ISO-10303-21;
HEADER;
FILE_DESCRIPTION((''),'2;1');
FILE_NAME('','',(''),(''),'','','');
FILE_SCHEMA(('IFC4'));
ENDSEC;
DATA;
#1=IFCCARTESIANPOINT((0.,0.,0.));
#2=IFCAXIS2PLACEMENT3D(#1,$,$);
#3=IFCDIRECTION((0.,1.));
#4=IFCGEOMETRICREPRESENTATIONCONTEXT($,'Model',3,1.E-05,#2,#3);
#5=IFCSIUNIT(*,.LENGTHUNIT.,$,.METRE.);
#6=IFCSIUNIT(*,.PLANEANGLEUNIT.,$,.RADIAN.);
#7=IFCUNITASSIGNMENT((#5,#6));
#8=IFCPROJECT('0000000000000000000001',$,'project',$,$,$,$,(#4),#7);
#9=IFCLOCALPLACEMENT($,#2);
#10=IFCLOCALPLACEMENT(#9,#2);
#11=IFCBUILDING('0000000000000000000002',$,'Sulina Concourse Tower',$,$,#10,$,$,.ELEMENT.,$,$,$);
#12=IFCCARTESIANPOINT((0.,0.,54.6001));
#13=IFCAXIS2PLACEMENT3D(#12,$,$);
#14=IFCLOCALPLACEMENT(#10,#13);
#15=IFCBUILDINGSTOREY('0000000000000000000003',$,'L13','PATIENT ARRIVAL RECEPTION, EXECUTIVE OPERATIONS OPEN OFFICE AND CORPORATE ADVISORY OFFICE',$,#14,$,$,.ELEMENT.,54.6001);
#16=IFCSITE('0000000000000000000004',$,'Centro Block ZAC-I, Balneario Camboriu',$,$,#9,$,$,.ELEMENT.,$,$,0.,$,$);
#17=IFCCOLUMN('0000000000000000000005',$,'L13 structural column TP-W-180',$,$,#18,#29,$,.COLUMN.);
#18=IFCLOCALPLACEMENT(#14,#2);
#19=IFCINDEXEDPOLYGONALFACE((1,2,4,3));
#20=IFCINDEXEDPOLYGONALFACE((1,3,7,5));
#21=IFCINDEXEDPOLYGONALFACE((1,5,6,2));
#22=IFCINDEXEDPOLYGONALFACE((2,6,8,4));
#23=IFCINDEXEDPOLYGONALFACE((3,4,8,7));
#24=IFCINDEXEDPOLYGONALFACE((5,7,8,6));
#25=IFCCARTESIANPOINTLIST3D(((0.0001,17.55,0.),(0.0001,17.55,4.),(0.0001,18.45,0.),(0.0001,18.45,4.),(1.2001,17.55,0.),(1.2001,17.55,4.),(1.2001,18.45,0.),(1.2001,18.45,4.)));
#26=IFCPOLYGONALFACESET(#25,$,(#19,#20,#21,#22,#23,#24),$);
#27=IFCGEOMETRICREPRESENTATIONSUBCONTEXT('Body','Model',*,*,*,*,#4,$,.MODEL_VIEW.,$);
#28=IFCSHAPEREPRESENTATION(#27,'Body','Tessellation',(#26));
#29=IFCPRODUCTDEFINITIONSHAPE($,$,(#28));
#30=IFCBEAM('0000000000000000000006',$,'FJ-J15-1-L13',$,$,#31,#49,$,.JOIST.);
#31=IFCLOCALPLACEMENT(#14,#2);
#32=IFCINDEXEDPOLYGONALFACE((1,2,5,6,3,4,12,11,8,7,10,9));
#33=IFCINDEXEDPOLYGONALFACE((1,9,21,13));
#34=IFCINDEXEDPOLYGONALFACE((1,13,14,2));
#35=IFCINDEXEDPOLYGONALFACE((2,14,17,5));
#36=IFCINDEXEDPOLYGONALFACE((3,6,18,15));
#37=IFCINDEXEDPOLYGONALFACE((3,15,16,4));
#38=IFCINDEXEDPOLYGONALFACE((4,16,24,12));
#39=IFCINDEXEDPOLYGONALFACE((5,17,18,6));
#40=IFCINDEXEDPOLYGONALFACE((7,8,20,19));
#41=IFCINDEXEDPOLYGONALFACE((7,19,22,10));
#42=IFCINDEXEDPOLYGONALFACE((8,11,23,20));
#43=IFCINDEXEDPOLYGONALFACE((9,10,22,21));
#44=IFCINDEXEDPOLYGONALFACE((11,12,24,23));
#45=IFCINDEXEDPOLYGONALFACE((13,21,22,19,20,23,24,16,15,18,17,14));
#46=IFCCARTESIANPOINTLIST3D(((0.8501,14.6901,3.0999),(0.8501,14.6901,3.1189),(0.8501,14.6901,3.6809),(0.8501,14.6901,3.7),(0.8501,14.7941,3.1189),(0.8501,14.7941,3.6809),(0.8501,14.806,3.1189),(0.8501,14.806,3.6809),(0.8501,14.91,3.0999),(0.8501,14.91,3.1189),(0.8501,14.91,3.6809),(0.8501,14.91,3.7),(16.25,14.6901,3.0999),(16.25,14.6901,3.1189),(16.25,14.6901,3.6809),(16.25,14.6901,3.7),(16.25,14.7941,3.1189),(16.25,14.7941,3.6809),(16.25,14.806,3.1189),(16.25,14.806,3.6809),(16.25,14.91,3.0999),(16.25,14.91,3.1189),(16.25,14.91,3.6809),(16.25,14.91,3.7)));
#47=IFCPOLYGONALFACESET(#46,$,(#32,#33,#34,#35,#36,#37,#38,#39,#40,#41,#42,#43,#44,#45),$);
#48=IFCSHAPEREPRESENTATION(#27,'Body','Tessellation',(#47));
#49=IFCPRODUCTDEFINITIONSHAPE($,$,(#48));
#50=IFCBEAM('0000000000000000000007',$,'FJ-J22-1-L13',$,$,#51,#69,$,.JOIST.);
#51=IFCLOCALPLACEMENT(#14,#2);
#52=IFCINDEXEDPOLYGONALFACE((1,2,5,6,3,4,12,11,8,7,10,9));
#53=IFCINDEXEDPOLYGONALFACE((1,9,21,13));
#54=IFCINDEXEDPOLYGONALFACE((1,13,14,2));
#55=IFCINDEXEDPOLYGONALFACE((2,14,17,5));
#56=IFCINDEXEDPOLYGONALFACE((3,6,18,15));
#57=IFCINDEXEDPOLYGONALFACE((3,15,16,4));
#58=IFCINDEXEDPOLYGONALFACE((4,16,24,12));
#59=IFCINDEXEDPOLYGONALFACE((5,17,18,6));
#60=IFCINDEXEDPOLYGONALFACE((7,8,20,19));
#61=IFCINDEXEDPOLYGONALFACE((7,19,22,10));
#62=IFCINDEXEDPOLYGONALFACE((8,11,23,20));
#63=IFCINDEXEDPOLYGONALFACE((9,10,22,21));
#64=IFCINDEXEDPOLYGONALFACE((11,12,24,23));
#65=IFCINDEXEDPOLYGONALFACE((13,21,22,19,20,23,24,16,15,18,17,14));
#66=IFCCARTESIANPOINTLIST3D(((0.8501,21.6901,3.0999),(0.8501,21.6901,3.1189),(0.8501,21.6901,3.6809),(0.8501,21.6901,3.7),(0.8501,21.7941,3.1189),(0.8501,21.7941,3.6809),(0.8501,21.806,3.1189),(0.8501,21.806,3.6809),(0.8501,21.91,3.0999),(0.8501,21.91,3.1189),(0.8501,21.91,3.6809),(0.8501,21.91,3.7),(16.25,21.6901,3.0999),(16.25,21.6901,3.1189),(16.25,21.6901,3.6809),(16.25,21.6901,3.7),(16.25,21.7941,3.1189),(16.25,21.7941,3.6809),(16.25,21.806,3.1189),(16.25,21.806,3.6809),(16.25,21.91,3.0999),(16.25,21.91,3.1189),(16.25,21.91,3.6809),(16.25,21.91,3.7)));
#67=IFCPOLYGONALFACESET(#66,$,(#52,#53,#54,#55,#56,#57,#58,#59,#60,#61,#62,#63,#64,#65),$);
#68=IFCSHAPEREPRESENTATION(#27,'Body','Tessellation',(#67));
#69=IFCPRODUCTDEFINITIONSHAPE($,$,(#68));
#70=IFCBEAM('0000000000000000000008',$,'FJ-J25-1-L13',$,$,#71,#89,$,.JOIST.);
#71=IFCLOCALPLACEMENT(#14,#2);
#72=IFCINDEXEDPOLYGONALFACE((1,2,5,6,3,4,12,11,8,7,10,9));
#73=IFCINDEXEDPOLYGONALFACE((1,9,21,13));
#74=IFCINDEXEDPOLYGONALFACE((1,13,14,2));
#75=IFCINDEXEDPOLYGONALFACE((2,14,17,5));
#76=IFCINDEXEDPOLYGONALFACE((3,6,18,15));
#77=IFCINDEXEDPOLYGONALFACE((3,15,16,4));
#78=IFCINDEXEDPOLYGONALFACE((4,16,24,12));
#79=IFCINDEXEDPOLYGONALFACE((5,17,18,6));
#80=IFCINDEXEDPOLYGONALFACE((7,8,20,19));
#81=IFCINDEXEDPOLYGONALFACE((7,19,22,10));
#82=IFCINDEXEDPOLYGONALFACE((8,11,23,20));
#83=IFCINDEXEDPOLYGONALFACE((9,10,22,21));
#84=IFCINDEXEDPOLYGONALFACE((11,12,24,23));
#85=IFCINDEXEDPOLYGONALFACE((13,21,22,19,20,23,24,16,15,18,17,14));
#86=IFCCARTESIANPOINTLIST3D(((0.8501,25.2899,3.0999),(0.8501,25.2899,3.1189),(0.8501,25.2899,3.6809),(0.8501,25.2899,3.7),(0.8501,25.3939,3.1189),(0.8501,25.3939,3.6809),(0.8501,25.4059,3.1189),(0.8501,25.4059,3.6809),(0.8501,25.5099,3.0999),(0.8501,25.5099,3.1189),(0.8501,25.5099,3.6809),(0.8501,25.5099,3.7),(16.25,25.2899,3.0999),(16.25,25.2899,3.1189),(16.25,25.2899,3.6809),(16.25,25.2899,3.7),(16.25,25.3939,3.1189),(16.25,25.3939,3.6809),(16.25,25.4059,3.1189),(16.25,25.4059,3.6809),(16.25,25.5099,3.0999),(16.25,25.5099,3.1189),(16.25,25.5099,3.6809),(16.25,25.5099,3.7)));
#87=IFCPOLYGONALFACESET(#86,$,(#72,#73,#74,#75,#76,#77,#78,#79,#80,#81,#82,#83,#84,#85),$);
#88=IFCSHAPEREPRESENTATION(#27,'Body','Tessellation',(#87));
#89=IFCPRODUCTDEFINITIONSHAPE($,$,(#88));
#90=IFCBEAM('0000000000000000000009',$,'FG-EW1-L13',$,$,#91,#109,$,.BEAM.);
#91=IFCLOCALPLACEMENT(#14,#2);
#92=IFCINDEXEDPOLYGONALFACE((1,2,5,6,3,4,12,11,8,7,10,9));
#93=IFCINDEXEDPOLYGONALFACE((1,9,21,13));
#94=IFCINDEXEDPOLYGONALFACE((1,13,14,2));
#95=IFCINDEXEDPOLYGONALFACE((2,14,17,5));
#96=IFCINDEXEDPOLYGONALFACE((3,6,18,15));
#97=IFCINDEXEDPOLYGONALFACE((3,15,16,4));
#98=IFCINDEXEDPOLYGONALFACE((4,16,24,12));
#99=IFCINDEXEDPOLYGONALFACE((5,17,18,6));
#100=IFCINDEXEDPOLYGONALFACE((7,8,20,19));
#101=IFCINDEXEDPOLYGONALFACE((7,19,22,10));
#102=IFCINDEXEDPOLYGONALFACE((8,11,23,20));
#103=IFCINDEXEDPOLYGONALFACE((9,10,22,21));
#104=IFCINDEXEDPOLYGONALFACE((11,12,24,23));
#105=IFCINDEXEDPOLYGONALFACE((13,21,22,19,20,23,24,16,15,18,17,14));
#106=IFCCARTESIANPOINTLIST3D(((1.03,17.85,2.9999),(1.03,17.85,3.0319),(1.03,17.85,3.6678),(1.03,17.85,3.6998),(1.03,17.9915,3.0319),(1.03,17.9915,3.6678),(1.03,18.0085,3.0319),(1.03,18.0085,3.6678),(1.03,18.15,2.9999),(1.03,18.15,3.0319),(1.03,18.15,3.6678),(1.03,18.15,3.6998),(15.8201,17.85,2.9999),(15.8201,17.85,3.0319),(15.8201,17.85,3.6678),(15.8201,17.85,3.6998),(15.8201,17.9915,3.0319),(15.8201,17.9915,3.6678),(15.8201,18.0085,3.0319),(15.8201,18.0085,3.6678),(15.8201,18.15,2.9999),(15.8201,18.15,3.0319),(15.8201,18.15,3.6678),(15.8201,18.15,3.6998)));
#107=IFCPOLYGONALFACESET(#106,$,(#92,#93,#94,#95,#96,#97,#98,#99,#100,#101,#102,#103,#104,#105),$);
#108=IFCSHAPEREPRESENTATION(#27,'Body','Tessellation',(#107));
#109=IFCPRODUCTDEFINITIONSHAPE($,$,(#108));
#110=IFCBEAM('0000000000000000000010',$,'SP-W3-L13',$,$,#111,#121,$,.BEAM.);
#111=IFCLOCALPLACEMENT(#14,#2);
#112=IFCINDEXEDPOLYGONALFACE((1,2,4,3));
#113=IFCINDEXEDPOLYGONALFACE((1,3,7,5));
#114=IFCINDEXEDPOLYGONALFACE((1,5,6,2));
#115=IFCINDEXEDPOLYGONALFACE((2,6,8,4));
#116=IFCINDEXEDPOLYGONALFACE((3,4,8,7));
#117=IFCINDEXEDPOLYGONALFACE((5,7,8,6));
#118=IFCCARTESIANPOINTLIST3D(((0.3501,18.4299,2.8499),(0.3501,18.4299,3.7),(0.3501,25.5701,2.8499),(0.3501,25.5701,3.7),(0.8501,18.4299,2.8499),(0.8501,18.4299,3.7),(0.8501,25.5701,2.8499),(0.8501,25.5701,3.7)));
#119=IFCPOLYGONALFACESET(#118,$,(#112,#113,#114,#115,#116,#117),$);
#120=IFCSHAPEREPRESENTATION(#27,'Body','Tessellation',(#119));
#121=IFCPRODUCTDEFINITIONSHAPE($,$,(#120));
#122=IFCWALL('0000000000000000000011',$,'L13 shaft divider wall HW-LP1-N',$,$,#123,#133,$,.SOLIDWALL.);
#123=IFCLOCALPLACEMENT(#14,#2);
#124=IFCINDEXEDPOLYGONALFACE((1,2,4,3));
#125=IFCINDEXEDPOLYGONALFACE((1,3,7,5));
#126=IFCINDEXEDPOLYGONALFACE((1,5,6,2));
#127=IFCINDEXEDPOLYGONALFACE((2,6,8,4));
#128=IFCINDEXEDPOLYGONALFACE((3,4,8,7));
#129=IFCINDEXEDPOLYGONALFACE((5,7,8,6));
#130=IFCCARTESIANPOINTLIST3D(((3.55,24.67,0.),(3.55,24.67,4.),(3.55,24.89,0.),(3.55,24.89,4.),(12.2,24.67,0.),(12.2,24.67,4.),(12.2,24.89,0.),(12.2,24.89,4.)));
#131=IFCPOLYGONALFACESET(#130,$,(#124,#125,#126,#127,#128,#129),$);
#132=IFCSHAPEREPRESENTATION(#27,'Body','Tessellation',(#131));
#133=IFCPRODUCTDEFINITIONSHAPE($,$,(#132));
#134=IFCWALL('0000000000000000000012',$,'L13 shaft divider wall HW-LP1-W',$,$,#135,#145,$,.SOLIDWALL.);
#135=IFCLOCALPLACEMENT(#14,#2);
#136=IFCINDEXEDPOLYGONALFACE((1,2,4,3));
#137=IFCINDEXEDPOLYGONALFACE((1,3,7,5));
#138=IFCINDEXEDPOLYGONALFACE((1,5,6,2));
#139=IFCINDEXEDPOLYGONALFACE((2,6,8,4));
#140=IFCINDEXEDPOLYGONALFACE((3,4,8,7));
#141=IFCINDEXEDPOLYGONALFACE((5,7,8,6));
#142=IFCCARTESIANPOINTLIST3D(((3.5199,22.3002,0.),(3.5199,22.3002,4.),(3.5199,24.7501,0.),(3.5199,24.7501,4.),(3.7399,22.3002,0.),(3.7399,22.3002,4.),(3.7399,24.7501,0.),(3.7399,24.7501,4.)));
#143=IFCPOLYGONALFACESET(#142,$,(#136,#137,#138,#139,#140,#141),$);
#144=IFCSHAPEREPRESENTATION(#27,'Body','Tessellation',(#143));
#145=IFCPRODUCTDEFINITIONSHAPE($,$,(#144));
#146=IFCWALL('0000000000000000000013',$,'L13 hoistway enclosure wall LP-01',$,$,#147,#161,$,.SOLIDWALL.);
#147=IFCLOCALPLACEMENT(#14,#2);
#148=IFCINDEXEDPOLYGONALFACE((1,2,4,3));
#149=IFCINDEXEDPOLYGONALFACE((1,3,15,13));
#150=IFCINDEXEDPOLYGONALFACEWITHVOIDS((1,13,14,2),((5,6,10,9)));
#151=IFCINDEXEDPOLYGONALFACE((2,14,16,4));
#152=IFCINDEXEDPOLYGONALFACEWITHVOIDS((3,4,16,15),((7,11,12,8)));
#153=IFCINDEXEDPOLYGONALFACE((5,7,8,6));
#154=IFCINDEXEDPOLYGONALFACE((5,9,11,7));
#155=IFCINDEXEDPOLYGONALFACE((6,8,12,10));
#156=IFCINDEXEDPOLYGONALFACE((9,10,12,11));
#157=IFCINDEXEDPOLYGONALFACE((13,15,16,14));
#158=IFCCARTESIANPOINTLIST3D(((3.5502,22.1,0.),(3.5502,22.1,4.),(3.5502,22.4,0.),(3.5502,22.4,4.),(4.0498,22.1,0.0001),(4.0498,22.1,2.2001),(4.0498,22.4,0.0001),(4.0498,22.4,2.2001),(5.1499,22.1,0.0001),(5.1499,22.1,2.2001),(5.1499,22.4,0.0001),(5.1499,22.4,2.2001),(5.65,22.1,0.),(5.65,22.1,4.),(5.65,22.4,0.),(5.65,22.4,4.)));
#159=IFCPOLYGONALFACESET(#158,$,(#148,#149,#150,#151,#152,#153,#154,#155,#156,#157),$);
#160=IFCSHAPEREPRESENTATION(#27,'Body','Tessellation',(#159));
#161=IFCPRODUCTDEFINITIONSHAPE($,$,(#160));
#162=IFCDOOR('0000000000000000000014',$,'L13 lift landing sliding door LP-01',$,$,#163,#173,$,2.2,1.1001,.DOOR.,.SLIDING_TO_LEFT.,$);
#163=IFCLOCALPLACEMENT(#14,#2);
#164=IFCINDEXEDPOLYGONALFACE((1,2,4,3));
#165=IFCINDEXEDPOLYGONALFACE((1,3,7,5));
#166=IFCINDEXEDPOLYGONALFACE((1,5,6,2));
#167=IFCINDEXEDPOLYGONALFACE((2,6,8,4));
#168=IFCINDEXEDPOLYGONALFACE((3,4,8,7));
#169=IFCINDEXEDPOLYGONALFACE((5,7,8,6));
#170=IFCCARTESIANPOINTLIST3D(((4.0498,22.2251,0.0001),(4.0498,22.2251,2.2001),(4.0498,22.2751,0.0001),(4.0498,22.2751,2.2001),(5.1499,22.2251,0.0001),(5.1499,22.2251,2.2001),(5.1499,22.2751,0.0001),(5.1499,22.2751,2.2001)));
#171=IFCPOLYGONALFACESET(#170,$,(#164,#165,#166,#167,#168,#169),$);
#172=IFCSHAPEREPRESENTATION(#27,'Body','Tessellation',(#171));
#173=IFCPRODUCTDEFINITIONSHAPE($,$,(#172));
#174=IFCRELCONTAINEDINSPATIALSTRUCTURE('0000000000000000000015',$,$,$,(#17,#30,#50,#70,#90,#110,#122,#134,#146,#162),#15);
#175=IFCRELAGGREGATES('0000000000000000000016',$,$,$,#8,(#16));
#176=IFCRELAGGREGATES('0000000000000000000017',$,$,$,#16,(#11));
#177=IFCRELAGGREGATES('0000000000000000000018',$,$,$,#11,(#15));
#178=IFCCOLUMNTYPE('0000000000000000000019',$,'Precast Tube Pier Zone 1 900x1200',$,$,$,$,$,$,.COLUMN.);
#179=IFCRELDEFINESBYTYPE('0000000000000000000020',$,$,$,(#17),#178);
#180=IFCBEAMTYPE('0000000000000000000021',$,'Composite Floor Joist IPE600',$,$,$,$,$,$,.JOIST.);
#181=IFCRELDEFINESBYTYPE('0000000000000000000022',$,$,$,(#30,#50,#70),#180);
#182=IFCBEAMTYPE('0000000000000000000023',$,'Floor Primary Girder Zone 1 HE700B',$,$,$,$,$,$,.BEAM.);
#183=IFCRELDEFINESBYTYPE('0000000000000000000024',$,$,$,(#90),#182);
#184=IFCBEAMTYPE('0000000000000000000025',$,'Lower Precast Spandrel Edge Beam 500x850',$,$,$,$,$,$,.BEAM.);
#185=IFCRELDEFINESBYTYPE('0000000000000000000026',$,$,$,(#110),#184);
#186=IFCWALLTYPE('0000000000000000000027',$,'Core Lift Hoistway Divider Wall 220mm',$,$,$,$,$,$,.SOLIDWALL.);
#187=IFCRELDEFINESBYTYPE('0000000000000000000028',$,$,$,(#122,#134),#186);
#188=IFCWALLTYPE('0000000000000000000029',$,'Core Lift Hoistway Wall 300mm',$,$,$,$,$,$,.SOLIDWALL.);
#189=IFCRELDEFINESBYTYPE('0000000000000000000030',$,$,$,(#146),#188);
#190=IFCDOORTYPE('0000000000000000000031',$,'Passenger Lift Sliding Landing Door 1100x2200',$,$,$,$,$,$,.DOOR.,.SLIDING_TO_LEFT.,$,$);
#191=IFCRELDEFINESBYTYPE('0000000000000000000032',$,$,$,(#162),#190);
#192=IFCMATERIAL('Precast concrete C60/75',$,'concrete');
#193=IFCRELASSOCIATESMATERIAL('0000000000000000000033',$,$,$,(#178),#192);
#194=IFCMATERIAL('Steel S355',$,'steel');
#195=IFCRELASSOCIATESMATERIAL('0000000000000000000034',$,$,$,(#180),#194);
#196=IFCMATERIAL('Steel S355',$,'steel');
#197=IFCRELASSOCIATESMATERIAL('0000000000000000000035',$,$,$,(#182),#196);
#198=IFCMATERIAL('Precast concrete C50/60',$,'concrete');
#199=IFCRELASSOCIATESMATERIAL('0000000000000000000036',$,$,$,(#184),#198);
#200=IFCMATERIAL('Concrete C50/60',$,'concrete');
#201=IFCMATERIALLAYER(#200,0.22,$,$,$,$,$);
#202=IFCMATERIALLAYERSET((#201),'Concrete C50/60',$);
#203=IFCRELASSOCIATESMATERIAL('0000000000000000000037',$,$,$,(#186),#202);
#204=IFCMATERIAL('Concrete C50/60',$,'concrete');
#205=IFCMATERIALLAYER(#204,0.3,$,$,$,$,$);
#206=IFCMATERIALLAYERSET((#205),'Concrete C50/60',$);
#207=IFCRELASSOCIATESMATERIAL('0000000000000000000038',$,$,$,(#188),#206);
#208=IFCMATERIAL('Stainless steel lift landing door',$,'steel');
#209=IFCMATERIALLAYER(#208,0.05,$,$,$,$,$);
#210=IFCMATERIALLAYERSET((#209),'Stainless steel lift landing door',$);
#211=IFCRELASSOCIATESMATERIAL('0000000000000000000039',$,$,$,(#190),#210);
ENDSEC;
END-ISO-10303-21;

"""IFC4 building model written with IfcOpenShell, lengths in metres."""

from ifc_helpers import new_model, si_unit, direction, frame, frame_2d, origin, origin_2d, place, context, subcontext, project, spatial, rectangle, i_section, extrude, material, layer, layer_set, material_profile, profile_set, type_object, element, fill, save


model = new_model("IFC4")

# Units and contexts
model_context = context("Model", 3, precision=1e-05, world=origin(), true_north=direction((0.0, 1.0)))
body_context = subcontext(model_context, "Body", "Model", "MODEL_VIEW")
ifc_project = project(units=[si_unit("LENGTHUNIT", "METRE"), si_unit("PLANEANGLEUNIT", "RADIAN")], contexts=[model_context])

# Site, building, storey
site_placement = place(None, origin())
site = spatial("IfcSite", under=ifc_project, at=site_placement, Name="Centro Block ZAC-I, Balneario Camboriu", CompositionType="ELEMENT", RefElevation=0.0)
building_placement = place(site_placement, origin())
building = spatial("IfcBuilding", under=site, at=building_placement, Name="Sulina Concourse Tower", CompositionType="ELEMENT")
storey_placement = place(building_placement, frame((0.0, 0.0, 54.6001)))
storey = spatial("IfcBuildingStorey", under=building, at=storey_placement, Name="L13", Description="PATIENT ARRIVAL RECEPTION, EXECUTIVE OPERATIONS OPEN OFFICE AND CORPORATE ADVISORY OFFICE", CompositionType="ELEMENT", Elevation=54.6001)

# Column
ifc_material_1 = material(Name="Precast concrete C60/75", Category="concrete")
ifc_material_profile_1 = material_profile(ifc_material_1, rectangle(XDim=0.8999, YDim=1.2, at=origin_2d()), Name="PC 900x1200")
ifc_profile_set_1 = profile_set([ifc_material_profile_1], Name="Precast concrete C60/75")
column_type = type_object("IfcColumnType", Name="Precast Tube Pier Zone 1 900x1200", PredefinedType="COLUMN", material=ifc_profile_set_1)
column_placement = place(storey_placement, frame((0.6001, 18.0, 0.0), z_axis=(0.0, 0.0, 1.0), x_axis=(0.0, 1.0, 0.0)))
element("IfcColumn", 1, at=column_placement, inside=storey, type_object=column_type, Name="L13 structural column TP-W-180", PredefinedType="COLUMN", context=body_context, shape_type="SweptSolid", body=[
    extrude(rectangle(XDim=0.8999, YDim=1.2, at=origin_2d()), origin(), (0.0, 0.0, 1.0), 4.0),
])

# Beams
ifc_material_2 = material(Name="Steel S355", Category="steel")
ifc_material_profile_2 = material_profile(ifc_material_2, i_section(OverallWidth=0.22, OverallDepth=0.6001, WebThickness=0.012, FlangeThickness=0.019, at=origin_2d()), Name="IPE 600")
ifc_profile_set_2 = profile_set([ifc_material_profile_2], Name="Steel S355")
beam_type_1 = type_object("IfcBeamType", Name="Composite Floor Joist IPE600", PredefinedType="JOIST", material=ifc_profile_set_2)
for number, where, z_axis, x_axis, name in (
    (2, (0.8501, 14.8, 3.3999), (1.0, 0.0, 0.0), (0.0, 1.0, 0.0), "FJ-J15-1-L13"),
    (3, (0.8501, 21.8, 3.3999), (1.0, 0.0, 0.0), (0.0, 1.0, 0.0), "FJ-J22-1-L13"),
    (4, (0.8501, 25.3999, 3.3999), (1.0, 0.0, 0.0), (0.0, 1.0, 0.0), "FJ-J25-1-L13"),
):
    element("IfcBeam", number, at=place(storey_placement, frame(where, z_axis=z_axis, x_axis=x_axis)), inside=storey, type_object=beam_type_1, Name=name, PredefinedType="JOIST", context=body_context, shape_type="SweptSolid", body=[
        extrude(i_section(OverallWidth=0.22, OverallDepth=0.6001, WebThickness=0.012, FlangeThickness=0.019, at=origin_2d()), origin(), (0.0, 0.0, 1.0), 15.3999),
    ])
ifc_material_3 = material(Name="Steel S355", Category="steel")
ifc_material_profile_3 = material_profile(ifc_material_3, i_section(OverallWidth=0.3, OverallDepth=0.7, WebThickness=0.0171, FlangeThickness=0.032, at=origin_2d()), Name="HE 700 B")
ifc_profile_set_3 = profile_set([ifc_material_profile_3], Name="Steel S355")
beam_type_2 = type_object("IfcBeamType", Name="Floor Primary Girder Zone 1 HE700B", PredefinedType="BEAM", material=ifc_profile_set_3)
beam_1_placement = place(storey_placement, frame((1.03, 18.0, 3.3499), z_axis=(1.0, 0.0, 0.0), x_axis=(0.0, 1.0, 0.0)))
element("IfcBeam", 5, at=beam_1_placement, inside=storey, type_object=beam_type_2, Name="FG-EW1-L13", PredefinedType="BEAM", context=body_context, shape_type="SweptSolid", body=[
    extrude(i_section(OverallWidth=0.3, OverallDepth=0.7, WebThickness=0.0171, FlangeThickness=0.032, at=origin_2d()), origin(), (0.0, 0.0, 1.0), 14.79),
])
ifc_material_4 = material(Name="Precast concrete C50/60", Category="concrete")
ifc_material_profile_4 = material_profile(ifc_material_4, rectangle(XDim=0.5, YDim=0.8501, at=origin_2d()), Name="RC 500x850")
ifc_profile_set_4 = profile_set([ifc_material_profile_4], Name="Precast concrete C50/60")
beam_type_3 = type_object("IfcBeamType", Name="Lower Precast Spandrel Edge Beam 500x850", PredefinedType="BEAM", material=ifc_profile_set_4)
beam_2_placement = place(storey_placement, frame((0.6001, 18.4299, 3.2749), z_axis=(0.0, 1.0, 0.0), x_axis=(-1.0, 0.0, 0.0)))
element("IfcBeam", 6, at=beam_2_placement, inside=storey, type_object=beam_type_3, Name="SP-W3-L13", PredefinedType="BEAM", context=body_context, shape_type="SweptSolid", body=[
    extrude(rectangle(XDim=0.5, YDim=0.8501, at=origin_2d()), origin(), (0.0, 0.0, 1.0), 7.1401),
])

# Walls
ifc_material_5 = material(Name="Concrete C50/60", Category="concrete")
ifc_layer_1 = layer(ifc_material_5, 0.22)
ifc_layer_set_1 = layer_set([ifc_layer_1], Name="Concrete C50/60")
wall_type_1 = type_object("IfcWallType", Name="Core Lift Hoistway Divider Wall 220mm", PredefinedType="SOLIDWALL", material=ifc_layer_set_1)
wall_1_placement = place(storey_placement, frame((3.55, 24.78, 0.0), z_axis=(0.0, 0.0, 1.0), x_axis=(1.0, 0.0, 0.0)))
element("IfcWall", 7, at=wall_1_placement, inside=storey, type_object=wall_type_1, Name="L13 shaft divider wall HW-LP1-N", PredefinedType="SOLIDWALL", context=body_context, shape_type="SweptSolid", body=[
    extrude(rectangle(XDim=8.6499, YDim=0.22, at=frame_2d((4.325, 0.0))), origin(), (0.0, 0.0, 1.0), 4.0),
])
wall_2_placement = place(storey_placement, frame((3.6299, 22.3, 0.0), z_axis=(0.0, 0.0, 1.0), x_axis=(0.0, 1.0, 0.0)))
element("IfcWall", 8, at=wall_2_placement, inside=storey, type_object=wall_type_1, Name="L13 shaft divider wall HW-LP1-W", PredefinedType="SOLIDWALL", context=body_context, shape_type="SweptSolid", body=[
    extrude(rectangle(XDim=2.45, YDim=0.22, at=frame_2d((1.2251, 0.0))), origin(), (0.0, 0.0, 1.0), 4.0),
])

# Wall, opening, door
ifc_material_6 = material(Name="Concrete C50/60", Category="concrete")
ifc_layer_2 = layer(ifc_material_6, 0.3)
ifc_layer_set_2 = layer_set([ifc_layer_2], Name="Concrete C50/60")
wall_type_2 = type_object("IfcWallType", Name="Core Lift Hoistway Wall 300mm", PredefinedType="SOLIDWALL", material=ifc_layer_set_2)
wall_3_placement = place(storey_placement, frame((5.6499, 22.25, 0.0), z_axis=(0.0, 0.0, 1.0), x_axis=(-1.0, 0.0, 0.0)))
wall_3 = element("IfcWall", 9, at=wall_3_placement, inside=storey, type_object=wall_type_2, Name="L13 hoistway enclosure wall LP-01", PredefinedType="SOLIDWALL", context=body_context, shape_type="SweptSolid", body=[
    extrude(rectangle(XDim=2.0999, YDim=0.3, at=frame_2d((1.0498, 0.0))), origin(), (0.0, 0.0, 1.0), 4.0),
])
opening_1_placement = place(wall_3_placement, frame((0.5, 0.0, 0.0)))
opening_1 = element("IfcOpeningElement", 10, at=opening_1_placement, cuts=wall_3, PredefinedType="OPENING", context=body_context, shape_type="SweptSolid", body=[
    extrude(rectangle(XDim=1.1001, YDim=2.2, at=frame_2d((0.55, 1.1001))), frame((0.0, 0.1599, 0.0), z_axis=(0.0, -1.0, 0.0), x_axis=(1.0, 0.0, 0.0)), (0.0, 0.0, 1.0), 0.3201),
])
ifc_material_7 = material(Name="Stainless steel lift landing door", Category="steel")
ifc_layer_3 = layer(ifc_material_7, 0.05)
ifc_layer_set_3 = layer_set([ifc_layer_3], Name="Stainless steel lift landing door")
door_type_1 = type_object("IfcDoorType", Name="Passenger Lift Sliding Landing Door 1100x2200", OperationType="SLIDING_TO_LEFT", PredefinedType="DOOR", material=ifc_layer_set_3)
door_1_placement = place(opening_1_placement, origin())
door_1 = element("IfcDoor", 11, at=door_1_placement, inside=storey, type_object=door_type_1, Name="L13 lift landing sliding door LP-01", OperationType="SLIDING_TO_LEFT", OverallHeight=2.2, OverallWidth=1.1001, PredefinedType="DOOR", context=body_context, shape_type="SweptSolid", body=[
    extrude(rectangle(XDim=1.1001, YDim=2.2, at=frame_2d((0.55, 1.1001))), frame((0.0, 0.0249, 0.0), z_axis=(0.0, -1.0, 0.0), x_axis=(1.0, 0.0, 0.0)), (0.0, 0.0, 1.0), 0.05),
])
fill(opening_1, door_1)

save(model, "model.ifc")
